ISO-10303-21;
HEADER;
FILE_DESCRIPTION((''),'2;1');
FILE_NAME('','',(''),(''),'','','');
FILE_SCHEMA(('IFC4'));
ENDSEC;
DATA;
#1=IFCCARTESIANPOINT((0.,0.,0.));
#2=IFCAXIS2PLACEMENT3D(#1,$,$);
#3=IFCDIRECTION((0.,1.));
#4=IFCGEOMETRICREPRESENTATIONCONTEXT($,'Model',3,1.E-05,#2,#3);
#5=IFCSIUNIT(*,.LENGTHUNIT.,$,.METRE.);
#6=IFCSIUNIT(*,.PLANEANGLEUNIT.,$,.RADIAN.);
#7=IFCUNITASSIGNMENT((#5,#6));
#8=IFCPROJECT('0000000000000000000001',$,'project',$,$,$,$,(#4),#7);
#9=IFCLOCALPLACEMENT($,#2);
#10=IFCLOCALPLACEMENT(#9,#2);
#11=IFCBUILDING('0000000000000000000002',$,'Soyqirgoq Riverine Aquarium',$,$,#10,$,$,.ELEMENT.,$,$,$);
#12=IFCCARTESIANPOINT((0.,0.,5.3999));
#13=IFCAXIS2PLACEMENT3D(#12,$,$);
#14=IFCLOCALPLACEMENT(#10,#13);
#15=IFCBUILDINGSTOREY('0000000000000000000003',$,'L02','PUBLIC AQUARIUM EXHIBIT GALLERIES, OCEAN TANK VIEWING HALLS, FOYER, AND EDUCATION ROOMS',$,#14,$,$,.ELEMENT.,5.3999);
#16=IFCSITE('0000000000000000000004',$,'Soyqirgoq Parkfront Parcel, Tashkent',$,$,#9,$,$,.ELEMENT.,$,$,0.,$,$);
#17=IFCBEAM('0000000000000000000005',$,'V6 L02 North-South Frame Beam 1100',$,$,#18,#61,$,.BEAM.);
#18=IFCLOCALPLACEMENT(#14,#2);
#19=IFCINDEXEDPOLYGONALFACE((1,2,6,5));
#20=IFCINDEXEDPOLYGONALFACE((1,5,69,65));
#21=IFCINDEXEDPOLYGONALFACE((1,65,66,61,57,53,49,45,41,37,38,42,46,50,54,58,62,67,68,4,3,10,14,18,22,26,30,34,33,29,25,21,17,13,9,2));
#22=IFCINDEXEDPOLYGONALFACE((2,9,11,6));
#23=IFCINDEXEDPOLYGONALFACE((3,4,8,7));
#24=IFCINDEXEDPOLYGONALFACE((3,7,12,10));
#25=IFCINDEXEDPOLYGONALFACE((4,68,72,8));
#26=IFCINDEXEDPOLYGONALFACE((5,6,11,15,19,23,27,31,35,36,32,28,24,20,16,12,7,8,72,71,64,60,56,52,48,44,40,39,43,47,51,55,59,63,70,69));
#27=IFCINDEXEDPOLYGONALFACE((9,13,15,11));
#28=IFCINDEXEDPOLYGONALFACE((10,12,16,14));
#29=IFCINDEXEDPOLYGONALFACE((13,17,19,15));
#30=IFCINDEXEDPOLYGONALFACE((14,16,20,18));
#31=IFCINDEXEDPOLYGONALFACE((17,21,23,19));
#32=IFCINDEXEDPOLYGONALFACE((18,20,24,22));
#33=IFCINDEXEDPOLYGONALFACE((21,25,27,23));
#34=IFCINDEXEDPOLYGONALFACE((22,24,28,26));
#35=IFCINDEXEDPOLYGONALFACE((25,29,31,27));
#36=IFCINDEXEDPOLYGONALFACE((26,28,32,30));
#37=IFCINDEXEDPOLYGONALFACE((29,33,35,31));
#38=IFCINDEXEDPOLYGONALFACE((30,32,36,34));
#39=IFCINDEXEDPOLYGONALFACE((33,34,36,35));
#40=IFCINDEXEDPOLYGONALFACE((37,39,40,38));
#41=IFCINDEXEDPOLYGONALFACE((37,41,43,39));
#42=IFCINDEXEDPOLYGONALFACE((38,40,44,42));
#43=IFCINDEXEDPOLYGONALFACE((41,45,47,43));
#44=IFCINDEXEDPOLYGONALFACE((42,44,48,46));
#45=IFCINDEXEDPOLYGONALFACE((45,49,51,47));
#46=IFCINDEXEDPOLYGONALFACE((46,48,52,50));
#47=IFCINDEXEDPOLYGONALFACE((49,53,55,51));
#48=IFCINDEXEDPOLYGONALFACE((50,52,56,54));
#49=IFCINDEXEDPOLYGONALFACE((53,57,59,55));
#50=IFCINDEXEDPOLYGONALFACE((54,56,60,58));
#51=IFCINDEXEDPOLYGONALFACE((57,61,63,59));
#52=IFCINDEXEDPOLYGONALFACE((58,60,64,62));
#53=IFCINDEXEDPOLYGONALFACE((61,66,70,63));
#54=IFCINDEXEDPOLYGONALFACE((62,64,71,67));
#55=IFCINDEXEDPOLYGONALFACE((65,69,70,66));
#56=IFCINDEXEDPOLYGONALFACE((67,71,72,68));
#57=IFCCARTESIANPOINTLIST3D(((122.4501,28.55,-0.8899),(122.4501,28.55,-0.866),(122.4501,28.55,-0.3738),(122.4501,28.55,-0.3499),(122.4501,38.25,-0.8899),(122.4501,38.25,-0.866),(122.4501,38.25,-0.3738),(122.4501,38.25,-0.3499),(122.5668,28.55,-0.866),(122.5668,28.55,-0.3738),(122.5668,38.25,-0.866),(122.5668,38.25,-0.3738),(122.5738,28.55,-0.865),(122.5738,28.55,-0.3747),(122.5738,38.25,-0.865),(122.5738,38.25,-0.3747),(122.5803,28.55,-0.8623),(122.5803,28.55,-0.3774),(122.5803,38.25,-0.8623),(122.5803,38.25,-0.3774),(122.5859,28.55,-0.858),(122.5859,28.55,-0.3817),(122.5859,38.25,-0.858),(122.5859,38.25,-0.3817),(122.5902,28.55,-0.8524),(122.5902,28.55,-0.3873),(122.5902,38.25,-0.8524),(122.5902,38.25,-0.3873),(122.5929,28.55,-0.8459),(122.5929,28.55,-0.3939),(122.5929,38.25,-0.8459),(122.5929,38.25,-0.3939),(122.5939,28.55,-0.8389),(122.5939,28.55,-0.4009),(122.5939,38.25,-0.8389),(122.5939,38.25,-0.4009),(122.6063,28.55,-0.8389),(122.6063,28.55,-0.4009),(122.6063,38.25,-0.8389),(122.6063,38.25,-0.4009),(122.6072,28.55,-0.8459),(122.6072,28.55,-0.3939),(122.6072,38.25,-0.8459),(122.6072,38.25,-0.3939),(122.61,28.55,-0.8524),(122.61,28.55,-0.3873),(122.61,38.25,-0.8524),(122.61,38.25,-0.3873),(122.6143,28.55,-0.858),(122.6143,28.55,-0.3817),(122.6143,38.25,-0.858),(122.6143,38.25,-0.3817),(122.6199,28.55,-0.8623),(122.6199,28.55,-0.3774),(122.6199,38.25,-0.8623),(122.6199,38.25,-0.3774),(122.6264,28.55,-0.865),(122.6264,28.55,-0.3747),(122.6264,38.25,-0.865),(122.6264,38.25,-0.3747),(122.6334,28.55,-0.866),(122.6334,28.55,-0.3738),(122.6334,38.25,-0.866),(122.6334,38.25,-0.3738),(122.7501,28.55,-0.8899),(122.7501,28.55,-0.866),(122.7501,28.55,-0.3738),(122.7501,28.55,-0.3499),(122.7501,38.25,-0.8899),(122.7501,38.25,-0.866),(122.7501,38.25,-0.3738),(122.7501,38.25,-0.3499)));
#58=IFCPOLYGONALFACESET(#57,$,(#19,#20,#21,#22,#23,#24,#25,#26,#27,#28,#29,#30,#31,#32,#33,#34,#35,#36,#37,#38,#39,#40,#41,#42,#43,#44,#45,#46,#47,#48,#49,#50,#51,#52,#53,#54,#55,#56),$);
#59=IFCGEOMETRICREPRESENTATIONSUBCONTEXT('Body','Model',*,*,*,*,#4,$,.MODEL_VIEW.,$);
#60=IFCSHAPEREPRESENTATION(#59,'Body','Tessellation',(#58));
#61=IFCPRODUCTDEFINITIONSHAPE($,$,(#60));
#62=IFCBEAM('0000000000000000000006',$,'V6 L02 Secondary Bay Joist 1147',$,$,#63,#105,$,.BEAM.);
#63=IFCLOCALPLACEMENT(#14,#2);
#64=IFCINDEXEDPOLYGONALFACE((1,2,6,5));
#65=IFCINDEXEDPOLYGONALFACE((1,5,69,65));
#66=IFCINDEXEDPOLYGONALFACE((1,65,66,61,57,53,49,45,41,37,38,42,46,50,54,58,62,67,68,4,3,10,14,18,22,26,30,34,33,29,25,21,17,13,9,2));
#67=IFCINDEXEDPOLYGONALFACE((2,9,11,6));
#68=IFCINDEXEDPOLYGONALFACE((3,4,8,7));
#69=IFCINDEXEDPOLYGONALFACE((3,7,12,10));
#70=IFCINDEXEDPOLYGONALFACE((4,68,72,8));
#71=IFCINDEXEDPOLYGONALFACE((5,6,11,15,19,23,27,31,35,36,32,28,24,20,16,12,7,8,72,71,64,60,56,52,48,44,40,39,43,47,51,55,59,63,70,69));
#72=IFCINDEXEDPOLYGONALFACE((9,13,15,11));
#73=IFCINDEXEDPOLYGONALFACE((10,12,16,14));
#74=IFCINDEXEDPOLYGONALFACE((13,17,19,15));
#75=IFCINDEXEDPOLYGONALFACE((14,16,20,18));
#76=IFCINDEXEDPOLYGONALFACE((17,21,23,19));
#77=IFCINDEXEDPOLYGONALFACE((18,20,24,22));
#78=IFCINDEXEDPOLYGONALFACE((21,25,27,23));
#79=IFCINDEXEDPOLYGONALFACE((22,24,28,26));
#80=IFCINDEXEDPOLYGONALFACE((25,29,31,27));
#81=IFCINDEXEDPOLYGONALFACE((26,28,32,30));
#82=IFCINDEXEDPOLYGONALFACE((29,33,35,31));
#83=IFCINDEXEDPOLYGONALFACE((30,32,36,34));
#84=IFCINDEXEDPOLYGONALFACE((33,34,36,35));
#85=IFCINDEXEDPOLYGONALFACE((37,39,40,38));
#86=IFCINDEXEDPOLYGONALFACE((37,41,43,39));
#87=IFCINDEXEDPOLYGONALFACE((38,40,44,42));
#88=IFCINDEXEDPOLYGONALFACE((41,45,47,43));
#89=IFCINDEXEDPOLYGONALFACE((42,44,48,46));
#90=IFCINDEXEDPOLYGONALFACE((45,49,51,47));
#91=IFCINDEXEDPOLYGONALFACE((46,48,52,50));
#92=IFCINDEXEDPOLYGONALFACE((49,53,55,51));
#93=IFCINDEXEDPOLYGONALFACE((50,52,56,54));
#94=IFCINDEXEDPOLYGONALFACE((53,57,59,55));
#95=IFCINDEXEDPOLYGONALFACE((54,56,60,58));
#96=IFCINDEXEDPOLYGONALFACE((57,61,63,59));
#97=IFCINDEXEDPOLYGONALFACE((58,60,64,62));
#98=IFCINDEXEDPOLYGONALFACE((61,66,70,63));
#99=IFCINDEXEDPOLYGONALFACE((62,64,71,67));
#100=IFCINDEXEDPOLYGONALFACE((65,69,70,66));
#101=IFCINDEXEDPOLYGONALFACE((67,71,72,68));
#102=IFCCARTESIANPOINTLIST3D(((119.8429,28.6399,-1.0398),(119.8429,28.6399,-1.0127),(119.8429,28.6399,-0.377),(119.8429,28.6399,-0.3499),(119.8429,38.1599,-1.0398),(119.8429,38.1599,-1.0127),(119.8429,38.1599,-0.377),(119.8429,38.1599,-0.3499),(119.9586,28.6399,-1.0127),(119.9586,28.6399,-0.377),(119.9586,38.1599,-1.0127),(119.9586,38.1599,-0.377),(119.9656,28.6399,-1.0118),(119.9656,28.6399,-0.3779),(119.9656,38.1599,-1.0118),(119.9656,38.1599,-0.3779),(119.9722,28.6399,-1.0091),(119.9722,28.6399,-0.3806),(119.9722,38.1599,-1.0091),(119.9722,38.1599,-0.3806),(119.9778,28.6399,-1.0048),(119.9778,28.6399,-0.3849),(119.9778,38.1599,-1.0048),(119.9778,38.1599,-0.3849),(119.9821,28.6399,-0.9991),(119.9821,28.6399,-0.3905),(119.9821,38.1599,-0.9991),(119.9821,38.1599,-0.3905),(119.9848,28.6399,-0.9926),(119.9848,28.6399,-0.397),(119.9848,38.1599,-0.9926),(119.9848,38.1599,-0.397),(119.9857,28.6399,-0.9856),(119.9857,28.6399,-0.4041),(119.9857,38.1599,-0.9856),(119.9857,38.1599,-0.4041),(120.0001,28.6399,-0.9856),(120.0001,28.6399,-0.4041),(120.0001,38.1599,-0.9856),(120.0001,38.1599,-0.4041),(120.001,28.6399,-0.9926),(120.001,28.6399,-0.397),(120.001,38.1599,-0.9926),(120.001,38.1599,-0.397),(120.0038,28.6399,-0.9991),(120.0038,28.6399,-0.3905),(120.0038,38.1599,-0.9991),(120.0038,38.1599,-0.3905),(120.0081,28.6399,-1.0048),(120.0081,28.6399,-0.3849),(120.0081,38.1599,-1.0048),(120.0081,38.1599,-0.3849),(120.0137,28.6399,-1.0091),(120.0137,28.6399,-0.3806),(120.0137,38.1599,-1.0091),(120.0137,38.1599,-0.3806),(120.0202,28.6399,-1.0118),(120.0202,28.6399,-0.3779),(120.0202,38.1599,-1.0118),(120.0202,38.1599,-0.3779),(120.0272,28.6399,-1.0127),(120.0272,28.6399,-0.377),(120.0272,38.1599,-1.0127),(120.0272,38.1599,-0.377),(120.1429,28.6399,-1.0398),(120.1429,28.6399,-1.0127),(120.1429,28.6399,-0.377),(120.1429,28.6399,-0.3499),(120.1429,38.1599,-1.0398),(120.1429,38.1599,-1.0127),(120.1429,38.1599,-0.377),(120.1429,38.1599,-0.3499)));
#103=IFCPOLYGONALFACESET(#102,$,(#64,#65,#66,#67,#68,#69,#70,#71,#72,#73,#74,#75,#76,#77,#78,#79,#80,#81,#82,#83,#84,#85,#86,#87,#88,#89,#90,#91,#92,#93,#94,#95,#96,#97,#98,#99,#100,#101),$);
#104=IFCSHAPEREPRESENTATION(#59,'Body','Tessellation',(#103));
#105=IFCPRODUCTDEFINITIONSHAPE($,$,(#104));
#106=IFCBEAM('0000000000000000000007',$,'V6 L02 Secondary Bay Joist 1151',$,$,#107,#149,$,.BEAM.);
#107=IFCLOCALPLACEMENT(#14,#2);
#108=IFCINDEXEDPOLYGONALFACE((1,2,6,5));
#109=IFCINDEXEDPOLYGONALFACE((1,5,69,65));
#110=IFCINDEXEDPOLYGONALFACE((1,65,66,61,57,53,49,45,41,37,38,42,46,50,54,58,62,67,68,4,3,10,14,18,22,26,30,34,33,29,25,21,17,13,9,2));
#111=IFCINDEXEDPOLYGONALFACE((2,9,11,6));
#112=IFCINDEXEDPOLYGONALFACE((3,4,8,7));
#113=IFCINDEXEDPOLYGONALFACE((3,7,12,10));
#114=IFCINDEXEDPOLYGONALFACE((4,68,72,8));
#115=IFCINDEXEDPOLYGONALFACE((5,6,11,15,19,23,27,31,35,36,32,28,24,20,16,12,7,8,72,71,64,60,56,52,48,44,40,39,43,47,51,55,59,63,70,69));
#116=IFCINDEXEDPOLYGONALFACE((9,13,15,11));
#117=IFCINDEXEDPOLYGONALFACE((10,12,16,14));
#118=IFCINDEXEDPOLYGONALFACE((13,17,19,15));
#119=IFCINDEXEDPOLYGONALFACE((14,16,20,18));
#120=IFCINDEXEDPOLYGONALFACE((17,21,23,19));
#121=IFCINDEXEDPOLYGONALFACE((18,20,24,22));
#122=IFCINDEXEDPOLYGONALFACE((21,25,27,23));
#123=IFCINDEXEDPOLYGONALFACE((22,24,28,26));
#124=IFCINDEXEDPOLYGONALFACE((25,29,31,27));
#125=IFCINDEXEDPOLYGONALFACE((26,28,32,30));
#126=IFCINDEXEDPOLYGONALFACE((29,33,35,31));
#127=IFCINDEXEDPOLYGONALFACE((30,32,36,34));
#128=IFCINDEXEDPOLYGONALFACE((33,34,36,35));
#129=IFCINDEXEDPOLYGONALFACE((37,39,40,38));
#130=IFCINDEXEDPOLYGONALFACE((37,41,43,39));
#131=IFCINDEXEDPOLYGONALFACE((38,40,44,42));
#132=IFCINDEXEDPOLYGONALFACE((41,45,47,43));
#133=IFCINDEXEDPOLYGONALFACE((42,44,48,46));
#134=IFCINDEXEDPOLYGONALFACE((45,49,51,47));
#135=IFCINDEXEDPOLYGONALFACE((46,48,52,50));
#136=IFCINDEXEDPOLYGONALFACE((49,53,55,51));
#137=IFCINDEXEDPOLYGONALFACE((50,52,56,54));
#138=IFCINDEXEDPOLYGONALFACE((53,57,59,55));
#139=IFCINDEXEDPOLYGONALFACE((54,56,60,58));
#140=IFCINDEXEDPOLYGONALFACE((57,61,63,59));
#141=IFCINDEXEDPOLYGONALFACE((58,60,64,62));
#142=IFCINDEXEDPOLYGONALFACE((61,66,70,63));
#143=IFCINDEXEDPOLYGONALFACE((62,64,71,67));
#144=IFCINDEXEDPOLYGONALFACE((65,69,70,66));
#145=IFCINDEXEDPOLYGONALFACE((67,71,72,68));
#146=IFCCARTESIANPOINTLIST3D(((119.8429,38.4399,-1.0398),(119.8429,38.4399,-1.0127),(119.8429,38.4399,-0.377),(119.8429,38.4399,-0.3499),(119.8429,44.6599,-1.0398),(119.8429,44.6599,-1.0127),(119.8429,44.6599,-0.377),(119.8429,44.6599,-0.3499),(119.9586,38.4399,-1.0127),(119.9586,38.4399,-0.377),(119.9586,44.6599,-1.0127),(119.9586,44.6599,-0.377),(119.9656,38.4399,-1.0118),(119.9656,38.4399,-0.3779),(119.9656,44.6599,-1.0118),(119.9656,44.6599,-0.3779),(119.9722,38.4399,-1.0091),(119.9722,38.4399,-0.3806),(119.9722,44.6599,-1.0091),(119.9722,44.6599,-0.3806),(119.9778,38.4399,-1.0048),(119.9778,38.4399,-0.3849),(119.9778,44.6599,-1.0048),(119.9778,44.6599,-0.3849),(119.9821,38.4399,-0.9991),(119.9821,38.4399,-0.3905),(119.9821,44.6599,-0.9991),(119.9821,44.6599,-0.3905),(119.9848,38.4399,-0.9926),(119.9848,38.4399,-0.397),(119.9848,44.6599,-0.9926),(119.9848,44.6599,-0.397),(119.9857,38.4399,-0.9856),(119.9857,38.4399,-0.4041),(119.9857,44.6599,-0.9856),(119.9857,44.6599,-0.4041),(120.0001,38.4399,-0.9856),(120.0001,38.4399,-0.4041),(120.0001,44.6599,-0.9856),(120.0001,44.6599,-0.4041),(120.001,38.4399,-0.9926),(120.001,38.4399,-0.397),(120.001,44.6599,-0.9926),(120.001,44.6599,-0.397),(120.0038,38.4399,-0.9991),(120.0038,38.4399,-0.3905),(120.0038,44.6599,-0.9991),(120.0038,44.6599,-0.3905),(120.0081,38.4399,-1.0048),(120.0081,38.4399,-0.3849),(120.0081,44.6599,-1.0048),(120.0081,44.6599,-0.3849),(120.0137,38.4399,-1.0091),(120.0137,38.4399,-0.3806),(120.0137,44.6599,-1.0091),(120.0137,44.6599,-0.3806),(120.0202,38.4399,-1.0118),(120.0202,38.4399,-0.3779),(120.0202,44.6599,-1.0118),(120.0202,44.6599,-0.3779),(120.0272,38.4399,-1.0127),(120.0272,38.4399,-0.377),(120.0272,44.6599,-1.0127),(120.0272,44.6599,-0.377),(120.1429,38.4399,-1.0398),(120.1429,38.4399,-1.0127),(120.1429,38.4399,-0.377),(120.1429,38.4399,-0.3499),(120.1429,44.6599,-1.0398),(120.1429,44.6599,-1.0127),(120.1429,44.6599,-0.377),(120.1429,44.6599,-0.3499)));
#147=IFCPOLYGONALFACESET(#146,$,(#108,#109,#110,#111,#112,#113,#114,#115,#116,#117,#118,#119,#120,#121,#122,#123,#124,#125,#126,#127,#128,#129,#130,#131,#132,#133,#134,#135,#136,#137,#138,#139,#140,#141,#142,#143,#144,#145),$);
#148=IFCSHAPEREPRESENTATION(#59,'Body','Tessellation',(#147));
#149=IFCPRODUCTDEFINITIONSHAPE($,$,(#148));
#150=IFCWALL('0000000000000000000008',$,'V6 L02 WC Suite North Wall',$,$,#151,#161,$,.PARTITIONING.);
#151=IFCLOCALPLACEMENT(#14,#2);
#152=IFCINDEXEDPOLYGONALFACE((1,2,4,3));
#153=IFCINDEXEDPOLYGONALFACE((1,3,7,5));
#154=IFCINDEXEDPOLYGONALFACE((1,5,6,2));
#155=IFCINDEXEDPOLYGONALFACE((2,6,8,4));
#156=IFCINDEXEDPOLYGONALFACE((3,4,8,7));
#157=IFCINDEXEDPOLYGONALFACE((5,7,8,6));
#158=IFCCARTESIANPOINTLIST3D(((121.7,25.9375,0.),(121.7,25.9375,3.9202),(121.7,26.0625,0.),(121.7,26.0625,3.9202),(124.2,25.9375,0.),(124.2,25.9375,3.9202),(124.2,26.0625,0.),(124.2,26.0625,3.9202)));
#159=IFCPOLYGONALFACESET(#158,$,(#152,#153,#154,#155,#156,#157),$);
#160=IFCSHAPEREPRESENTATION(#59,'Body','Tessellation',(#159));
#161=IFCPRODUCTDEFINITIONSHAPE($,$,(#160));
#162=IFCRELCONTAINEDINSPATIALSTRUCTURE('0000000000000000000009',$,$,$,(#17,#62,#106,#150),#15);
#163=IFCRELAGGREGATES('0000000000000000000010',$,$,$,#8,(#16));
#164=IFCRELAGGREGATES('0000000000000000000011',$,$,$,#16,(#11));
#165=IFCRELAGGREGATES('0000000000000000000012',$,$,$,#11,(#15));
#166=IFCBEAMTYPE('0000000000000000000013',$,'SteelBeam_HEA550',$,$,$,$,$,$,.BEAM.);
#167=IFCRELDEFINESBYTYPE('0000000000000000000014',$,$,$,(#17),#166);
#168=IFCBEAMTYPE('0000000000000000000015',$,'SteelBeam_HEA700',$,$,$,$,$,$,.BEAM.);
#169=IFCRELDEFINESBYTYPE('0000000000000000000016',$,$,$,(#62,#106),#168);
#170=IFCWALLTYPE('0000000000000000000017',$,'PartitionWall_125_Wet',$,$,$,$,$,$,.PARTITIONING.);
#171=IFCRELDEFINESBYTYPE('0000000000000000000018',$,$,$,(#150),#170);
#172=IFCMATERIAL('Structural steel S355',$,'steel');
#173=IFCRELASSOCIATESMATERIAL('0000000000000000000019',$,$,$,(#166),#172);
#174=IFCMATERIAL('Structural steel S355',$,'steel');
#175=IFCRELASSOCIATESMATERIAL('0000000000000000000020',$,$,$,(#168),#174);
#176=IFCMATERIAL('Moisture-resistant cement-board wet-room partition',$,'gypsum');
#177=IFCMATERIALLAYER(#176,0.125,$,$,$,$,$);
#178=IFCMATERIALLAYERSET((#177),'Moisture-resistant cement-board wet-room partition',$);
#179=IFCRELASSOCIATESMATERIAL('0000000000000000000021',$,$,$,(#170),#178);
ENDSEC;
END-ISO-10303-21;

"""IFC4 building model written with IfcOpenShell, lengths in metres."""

from ifc_helpers import new_model, si_unit, direction, frame, frame_2d, origin, origin_2d, place, context, subcontext, project, spatial, rectangle, i_section, extrude, material, layer, layer_set, material_profile, profile_set, type_object, element, save


model = new_model("IFC4")

# Units and contexts
model_context = context("Model", 3, precision=1e-05, world=origin(), true_north=direction((0.0, 1.0)))
body_context = subcontext(model_context, "Body", "Model", "MODEL_VIEW")
ifc_project = project(units=[si_unit("LENGTHUNIT", "METRE"), si_unit("PLANEANGLEUNIT", "RADIAN")], contexts=[model_context])

# Site, building, storey
site_placement = place(None, origin())
site = spatial("IfcSite", under=ifc_project, at=site_placement, Name="Soyqirgoq Parkfront Parcel, Tashkent", CompositionType="ELEMENT", RefElevation=0.0)
building_placement = place(site_placement, origin())
building = spatial("IfcBuilding", under=site, at=building_placement, Name="Soyqirgoq Riverine Aquarium", CompositionType="ELEMENT")
storey_placement = place(building_placement, frame((0.0, 0.0, 5.3999)))
storey = spatial("IfcBuildingStorey", under=building, at=storey_placement, Name="L02", Description="PUBLIC AQUARIUM EXHIBIT GALLERIES, OCEAN TANK VIEWING HALLS, FOYER, AND EDUCATION ROOMS", CompositionType="ELEMENT", Elevation=5.3999)

# Beams
ifc_material_1 = material(Name="Structural steel S355", Category="steel")
ifc_material_profile_1 = material_profile(ifc_material_1, i_section(OverallWidth=0.3, OverallDepth=0.54, WebThickness=0.0125, FlangeThickness=0.0239, FilletRadius=0.0271, at=origin_2d()), Name="HEA 550")
ifc_profile_set_1 = profile_set([ifc_material_profile_1], Name="Structural steel S355")
beam_type_1 = type_object("IfcBeamType", Name="SteelBeam_HEA550", PredefinedType="BEAM", material=ifc_profile_set_1)
beam_1_placement = place(storey_placement, frame((122.6001, 28.55, -0.6199), z_axis=(0.0, 1.0, 0.0), x_axis=(-1.0, 0.0, 0.0)))
element("IfcBeam", 1, at=beam_1_placement, inside=storey, type_object=beam_type_1, Name="V6 L02 North-South Frame Beam 1100", PredefinedType="BEAM", context=body_context, shape_type="SweptSolid", body=[
    extrude(i_section(OverallWidth=0.3, OverallDepth=0.54, WebThickness=0.0125, FlangeThickness=0.0239, FilletRadius=0.0271, at=origin_2d()), origin(), (0.0, 0.0, 1.0), 9.7),
])
ifc_material_2 = material(Name="Structural steel S355", Category="steel")
ifc_material_profile_2 = material_profile(ifc_material_2, i_section(OverallWidth=0.3, OverallDepth=0.6899, WebThickness=0.0144, FlangeThickness=0.0271, FilletRadius=0.0271, at=origin_2d()), Name="HEA 700")
ifc_profile_set_2 = profile_set([ifc_material_profile_2], Name="Structural steel S355")
beam_type_2 = type_object("IfcBeamType", Name="SteelBeam_HEA700", PredefinedType="BEAM", material=ifc_profile_set_2)
beam_2_placement = place(storey_placement, frame((119.9929, 28.6399, -0.6948), z_axis=(0.0, 1.0, 0.0), x_axis=(-1.0, 0.0, 0.0)))
element("IfcBeam", 2, at=beam_2_placement, inside=storey, type_object=beam_type_2, Name="V6 L02 Secondary Bay Joist 1147", PredefinedType="BEAM", context=body_context, shape_type="SweptSolid", body=[
    extrude(i_section(OverallWidth=0.3, OverallDepth=0.6899, WebThickness=0.0144, FlangeThickness=0.0271, FilletRadius=0.0271, at=origin_2d()), origin(), (0.0, 0.0, 1.0), 9.52),
])
beam_3_placement = place(storey_placement, frame((119.9929, 38.4399, -0.6948), z_axis=(0.0, 1.0, 0.0), x_axis=(-1.0, 0.0, 0.0)))
element("IfcBeam", 3, at=beam_3_placement, inside=storey, type_object=beam_type_2, Name="V6 L02 Secondary Bay Joist 1151", PredefinedType="BEAM", context=body_context, shape_type="SweptSolid", body=[
    extrude(i_section(OverallWidth=0.3, OverallDepth=0.6899, WebThickness=0.0144, FlangeThickness=0.0271, FilletRadius=0.0271, at=origin_2d()), origin(), (0.0, 0.0, 1.0), 6.22),
])

# Wall
ifc_material_3 = material(Name="Moisture-resistant cement-board wet-room partition", Category="gypsum")
ifc_layer_1 = layer(ifc_material_3, 0.125)
ifc_layer_set_1 = layer_set([ifc_layer_1], Name="Moisture-resistant cement-board wet-room partition")
wall_type_1 = type_object("IfcWallType", Name="PartitionWall_125_Wet", PredefinedType="PARTITIONING", material=ifc_layer_set_1)
wall_1_placement = place(storey_placement, frame((121.7, 26.0, 0.0), z_axis=(0.0, 0.0, 1.0), x_axis=(1.0, 0.0, 0.0)))
element("IfcWall", 4, at=wall_1_placement, inside=storey, type_object=wall_type_1, Name="V6 L02 WC Suite North Wall", PredefinedType="PARTITIONING", context=body_context, shape_type="SweptSolid", body=[
    extrude(rectangle(XDim=2.5, YDim=0.125, at=frame_2d((1.25, 0.0))), origin(), (0.0, 0.0, 1.0), 3.9202),
])

save(model, "model.ifc")
